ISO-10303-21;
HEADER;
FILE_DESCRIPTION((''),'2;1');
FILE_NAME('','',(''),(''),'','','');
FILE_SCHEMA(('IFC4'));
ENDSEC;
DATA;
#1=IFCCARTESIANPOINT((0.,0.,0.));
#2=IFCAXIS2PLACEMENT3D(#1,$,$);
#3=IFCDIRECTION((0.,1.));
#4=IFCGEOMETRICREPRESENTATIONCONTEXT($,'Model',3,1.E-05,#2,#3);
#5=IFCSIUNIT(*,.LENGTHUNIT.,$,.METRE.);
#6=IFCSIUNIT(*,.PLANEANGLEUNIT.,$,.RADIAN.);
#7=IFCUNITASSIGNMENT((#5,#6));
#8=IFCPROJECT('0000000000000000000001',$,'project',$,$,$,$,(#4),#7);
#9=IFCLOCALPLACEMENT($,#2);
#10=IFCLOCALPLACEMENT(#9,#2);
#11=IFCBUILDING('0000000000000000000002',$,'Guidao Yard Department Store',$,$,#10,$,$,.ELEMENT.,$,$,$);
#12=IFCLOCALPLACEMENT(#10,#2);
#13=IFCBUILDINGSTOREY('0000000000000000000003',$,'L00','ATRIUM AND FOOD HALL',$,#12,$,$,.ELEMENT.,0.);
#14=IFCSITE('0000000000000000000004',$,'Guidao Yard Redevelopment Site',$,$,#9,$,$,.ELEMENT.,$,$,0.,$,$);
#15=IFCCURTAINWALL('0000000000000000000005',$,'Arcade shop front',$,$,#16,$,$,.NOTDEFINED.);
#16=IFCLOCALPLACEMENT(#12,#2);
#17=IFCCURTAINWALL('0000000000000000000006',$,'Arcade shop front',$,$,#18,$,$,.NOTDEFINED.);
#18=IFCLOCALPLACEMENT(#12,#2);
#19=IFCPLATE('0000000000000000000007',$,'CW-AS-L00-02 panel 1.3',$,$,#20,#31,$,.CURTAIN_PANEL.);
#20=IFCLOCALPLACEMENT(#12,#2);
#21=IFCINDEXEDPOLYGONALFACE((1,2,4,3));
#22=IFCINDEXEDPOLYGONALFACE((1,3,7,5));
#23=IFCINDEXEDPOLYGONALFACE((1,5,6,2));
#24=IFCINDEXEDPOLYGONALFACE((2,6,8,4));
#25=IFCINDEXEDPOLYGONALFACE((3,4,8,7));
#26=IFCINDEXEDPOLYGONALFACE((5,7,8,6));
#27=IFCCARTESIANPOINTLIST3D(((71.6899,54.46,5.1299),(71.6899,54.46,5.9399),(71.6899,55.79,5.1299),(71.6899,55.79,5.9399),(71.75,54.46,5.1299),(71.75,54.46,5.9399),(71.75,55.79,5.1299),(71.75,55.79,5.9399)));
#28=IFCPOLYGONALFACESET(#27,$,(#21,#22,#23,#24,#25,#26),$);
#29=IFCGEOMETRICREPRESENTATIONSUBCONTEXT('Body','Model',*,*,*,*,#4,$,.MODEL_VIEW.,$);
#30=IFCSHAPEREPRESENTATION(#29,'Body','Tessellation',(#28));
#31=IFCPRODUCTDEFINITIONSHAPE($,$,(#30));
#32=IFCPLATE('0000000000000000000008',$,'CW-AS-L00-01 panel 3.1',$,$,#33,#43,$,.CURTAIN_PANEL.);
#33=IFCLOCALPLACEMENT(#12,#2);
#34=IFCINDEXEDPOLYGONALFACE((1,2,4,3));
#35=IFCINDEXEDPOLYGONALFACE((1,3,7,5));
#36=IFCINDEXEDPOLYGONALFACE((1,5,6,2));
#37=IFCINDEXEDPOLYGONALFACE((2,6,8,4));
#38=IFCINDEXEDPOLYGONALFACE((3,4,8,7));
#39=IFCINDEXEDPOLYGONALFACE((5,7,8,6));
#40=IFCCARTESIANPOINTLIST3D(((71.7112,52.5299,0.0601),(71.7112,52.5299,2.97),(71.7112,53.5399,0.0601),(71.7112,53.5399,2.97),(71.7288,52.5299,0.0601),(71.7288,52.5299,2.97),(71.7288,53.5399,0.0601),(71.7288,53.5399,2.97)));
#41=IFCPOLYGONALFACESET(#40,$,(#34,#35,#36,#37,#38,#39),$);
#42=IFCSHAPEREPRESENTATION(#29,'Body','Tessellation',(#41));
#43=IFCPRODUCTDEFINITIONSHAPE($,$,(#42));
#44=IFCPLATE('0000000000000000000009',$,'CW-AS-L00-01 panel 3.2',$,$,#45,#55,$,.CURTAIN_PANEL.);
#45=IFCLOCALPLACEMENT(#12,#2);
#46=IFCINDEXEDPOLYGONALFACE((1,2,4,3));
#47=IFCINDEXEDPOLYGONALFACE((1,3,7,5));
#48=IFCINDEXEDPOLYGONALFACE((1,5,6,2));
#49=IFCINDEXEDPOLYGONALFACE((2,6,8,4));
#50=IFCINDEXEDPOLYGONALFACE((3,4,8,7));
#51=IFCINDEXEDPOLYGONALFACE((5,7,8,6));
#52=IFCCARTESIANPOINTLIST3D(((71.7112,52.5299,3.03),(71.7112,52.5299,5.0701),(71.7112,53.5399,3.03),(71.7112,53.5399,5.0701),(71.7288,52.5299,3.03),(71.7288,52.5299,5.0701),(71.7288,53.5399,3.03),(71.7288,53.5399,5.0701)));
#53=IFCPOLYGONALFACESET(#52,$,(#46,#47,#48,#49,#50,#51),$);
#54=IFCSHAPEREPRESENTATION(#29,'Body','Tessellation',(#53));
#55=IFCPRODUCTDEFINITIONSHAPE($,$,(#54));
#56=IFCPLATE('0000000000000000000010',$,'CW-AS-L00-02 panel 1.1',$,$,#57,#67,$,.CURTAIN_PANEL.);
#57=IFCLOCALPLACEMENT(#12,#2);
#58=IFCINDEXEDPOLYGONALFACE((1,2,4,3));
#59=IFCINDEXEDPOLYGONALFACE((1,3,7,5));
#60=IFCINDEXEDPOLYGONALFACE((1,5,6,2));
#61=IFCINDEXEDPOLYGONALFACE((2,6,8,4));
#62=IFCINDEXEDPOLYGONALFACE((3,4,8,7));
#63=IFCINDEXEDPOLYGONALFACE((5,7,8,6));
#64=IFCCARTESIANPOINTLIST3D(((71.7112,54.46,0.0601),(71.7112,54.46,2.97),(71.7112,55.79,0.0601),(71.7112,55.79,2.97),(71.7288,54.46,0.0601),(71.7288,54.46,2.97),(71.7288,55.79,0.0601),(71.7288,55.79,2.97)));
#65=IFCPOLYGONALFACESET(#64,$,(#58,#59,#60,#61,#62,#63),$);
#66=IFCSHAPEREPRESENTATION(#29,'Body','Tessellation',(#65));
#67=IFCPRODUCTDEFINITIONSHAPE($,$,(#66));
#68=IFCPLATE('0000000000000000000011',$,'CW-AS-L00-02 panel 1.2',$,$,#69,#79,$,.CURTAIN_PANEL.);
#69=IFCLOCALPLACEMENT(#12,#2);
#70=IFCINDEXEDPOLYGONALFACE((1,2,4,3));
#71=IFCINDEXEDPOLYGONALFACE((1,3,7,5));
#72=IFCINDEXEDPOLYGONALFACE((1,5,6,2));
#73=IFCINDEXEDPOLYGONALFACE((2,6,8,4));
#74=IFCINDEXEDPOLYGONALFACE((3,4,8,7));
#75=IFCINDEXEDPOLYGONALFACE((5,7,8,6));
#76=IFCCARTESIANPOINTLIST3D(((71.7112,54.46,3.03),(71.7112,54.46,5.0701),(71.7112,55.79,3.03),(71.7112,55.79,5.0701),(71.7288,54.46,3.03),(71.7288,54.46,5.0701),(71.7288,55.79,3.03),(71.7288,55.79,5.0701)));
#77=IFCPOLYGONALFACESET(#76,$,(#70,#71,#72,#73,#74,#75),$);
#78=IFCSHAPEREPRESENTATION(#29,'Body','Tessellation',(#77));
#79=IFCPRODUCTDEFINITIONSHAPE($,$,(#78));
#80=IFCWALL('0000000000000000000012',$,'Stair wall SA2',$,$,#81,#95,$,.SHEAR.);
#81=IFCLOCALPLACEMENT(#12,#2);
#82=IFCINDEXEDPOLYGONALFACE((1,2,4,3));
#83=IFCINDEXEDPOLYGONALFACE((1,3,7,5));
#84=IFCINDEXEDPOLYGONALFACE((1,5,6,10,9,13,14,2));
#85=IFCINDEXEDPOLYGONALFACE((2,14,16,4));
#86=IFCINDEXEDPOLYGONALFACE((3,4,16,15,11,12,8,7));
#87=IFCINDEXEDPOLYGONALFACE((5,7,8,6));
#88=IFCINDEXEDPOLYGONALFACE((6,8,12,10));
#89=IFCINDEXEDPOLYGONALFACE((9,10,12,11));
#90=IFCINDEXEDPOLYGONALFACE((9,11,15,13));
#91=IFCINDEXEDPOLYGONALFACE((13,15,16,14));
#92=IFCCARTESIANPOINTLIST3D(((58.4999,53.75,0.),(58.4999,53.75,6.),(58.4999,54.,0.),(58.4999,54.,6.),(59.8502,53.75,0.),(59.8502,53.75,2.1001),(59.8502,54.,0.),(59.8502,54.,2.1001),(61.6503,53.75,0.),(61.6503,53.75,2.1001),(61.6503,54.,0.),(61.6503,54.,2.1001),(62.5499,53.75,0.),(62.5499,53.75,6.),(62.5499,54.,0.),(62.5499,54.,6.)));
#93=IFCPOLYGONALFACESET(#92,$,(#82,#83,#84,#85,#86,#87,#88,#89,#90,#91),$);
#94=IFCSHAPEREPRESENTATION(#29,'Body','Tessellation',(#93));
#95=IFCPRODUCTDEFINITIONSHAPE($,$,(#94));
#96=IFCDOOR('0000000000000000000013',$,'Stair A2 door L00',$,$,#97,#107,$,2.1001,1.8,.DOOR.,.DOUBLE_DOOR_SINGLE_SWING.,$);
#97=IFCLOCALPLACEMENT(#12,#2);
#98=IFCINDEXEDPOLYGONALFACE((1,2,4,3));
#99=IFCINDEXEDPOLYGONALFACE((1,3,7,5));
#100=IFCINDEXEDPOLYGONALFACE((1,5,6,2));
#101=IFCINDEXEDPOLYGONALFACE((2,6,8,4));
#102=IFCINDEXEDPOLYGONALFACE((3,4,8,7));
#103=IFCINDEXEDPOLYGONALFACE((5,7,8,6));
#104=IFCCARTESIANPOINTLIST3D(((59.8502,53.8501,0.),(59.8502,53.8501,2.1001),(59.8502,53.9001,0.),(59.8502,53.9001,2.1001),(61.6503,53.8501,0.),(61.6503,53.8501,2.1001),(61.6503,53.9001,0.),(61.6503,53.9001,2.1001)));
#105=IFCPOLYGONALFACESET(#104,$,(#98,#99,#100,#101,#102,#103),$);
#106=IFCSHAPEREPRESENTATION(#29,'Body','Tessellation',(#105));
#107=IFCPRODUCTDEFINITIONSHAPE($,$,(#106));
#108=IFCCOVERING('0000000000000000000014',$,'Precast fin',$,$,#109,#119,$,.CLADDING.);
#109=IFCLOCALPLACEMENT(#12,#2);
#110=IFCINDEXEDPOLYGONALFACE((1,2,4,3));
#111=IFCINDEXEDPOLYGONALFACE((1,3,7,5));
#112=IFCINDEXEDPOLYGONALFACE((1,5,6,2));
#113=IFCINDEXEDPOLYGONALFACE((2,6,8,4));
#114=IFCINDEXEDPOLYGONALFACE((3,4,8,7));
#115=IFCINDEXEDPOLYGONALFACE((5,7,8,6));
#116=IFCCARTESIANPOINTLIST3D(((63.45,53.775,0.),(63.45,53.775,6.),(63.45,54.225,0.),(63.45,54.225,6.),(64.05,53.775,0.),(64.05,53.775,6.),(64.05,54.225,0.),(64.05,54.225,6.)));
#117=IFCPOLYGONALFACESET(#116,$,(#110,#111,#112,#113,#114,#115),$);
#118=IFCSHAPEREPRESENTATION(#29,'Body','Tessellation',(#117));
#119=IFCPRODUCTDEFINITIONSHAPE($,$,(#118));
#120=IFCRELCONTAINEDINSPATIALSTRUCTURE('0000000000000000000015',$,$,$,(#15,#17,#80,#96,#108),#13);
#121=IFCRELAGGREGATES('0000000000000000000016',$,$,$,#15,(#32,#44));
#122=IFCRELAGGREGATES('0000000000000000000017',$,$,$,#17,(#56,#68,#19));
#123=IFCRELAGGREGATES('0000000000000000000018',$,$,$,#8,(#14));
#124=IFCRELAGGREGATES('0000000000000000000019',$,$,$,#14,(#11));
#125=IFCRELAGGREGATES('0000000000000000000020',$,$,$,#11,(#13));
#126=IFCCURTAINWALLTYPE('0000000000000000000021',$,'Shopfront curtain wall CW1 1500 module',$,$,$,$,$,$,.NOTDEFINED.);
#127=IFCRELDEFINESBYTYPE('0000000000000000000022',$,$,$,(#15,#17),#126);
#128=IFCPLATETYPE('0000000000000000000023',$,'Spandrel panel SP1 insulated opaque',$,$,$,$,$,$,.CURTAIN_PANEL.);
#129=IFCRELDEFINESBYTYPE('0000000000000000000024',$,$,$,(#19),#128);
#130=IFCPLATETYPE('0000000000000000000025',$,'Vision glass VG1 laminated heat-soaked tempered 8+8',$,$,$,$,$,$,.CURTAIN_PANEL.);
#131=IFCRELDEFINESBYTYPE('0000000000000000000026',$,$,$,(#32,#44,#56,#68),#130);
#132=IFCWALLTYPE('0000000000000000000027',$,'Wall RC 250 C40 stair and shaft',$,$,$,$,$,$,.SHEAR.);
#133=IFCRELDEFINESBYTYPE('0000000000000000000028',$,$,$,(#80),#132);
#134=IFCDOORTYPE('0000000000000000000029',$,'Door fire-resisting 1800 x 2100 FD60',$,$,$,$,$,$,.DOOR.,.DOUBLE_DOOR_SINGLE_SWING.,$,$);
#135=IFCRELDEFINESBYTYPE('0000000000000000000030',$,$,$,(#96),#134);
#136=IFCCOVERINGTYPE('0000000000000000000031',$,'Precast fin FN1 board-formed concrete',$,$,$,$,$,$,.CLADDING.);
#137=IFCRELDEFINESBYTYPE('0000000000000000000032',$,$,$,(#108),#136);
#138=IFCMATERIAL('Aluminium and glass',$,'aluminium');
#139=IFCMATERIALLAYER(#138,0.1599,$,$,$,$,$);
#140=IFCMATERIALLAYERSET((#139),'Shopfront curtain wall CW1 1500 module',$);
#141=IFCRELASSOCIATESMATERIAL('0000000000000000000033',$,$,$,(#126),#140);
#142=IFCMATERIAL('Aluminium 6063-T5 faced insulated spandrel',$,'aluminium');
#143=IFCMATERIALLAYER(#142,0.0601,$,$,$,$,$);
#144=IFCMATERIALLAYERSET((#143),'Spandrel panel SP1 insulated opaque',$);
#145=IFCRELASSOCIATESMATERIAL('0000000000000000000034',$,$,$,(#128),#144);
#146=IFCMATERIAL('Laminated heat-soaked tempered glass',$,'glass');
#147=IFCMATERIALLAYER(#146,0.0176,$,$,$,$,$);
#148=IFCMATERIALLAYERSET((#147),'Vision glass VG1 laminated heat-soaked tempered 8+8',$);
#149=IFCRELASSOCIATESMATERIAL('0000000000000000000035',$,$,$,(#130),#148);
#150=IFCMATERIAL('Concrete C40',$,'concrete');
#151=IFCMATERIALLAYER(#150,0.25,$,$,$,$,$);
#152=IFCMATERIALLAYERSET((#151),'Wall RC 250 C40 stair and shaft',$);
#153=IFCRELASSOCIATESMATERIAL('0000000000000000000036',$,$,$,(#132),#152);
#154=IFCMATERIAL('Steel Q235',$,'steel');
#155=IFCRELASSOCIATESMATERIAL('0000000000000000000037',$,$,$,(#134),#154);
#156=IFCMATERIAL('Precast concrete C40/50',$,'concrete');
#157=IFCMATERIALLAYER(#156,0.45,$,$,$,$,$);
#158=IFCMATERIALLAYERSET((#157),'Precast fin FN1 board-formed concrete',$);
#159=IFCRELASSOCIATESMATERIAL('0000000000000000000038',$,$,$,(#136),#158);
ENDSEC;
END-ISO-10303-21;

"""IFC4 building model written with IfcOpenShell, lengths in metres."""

from ifc_helpers import new_model, si_unit, direction, frame, frame_2d, origin, origin_2d, place, context, subcontext, project, spatial, rectangle, extrude, material, layer, layer_set, type_object, element, fill, aggregate, save


model = new_model("IFC4")

# Units and contexts
model_context = context("Model", 3, precision=1e-05, world=origin(), true_north=direction((0.0, 1.0)))
body_context = subcontext(model_context, "Body", "Model", "MODEL_VIEW")
ifc_project = project(units=[si_unit("LENGTHUNIT", "METRE"), si_unit("PLANEANGLEUNIT", "RADIAN")], contexts=[model_context])

# Site, building, storey
site_placement = place(None, origin())
site = spatial("IfcSite", under=ifc_project, at=site_placement, Name="Guidao Yard Redevelopment Site", CompositionType="ELEMENT", RefElevation=0.0)
building_placement = place(site_placement, origin())
building = spatial("IfcBuilding", under=site, at=building_placement, Name="Guidao Yard Department Store", CompositionType="ELEMENT")
storey_placement = place(building_placement, origin())
storey = spatial("IfcBuildingStorey", under=building, at=storey_placement, Name="L00", Description="ATRIUM AND FOOD HALL", CompositionType="ELEMENT", Elevation=0.0)

# Curtain wall
ifc_material_1 = material(Name="Aluminium and glass", Category="aluminium")
ifc_layer_1 = layer(ifc_material_1, 0.1599)
ifc_layer_set_1 = layer_set([ifc_layer_1], Name="Shopfront curtain wall CW1 1500 module")
curtain_wall_type = type_object("IfcCurtainWallType", Name="Shopfront curtain wall CW1 1500 module", PredefinedType="NOTDEFINED", material=ifc_layer_set_1)
curtain_wall_1_placement = place(storey_placement, origin())
curtain_wall_1 = element("IfcCurtainWall", 1, at=curtain_wall_1_placement, inside=storey, type_object=curtain_wall_type, Name="Arcade shop front", PredefinedType="NOTDEFINED")

# Curtain wall
curtain_wall_2_placement = place(storey_placement, origin())
curtain_wall_2 = element("IfcCurtainWall", 2, at=curtain_wall_2_placement, inside=storey, type_object=curtain_wall_type, Name="Arcade shop front", PredefinedType="NOTDEFINED")

# Plates
ifc_material_2 = material(Name="Aluminium 6063-T5 faced insulated spandrel", Category="aluminium")
ifc_layer_2 = layer(ifc_material_2, 0.0601)
ifc_layer_set_2 = layer_set([ifc_layer_2], Name="Spandrel panel SP1 insulated opaque")
plate_type_1 = type_object("IfcPlateType", Name="Spandrel panel SP1 insulated opaque", PredefinedType="CURTAIN_PANEL", material=ifc_layer_set_2)
plate_1_placement = place(storey_placement, frame((71.72, 55.125, 5.1299), z_axis=(0.0, 0.0, 1.0), x_axis=(0.0, 1.0, 0.0)))
plate_1 = element("IfcPlate", 3, at=plate_1_placement, type_object=plate_type_1, Name="CW-AS-L00-02 panel 1.3", PredefinedType="CURTAIN_PANEL", context=body_context, shape_type="SweptSolid", body=[
    extrude(rectangle(XDim=1.3301, YDim=0.0601, at=origin_2d()), origin(), (0.0, 0.0, 1.0), 0.8101),
])
ifc_material_3 = material(Name="Laminated heat-soaked tempered glass", Category="glass")
ifc_layer_3 = layer(ifc_material_3, 0.0176)
ifc_layer_set_3 = layer_set([ifc_layer_3], Name="Vision glass VG1 laminated heat-soaked tempered 8+8")
plate_type_2 = type_object("IfcPlateType", Name="Vision glass VG1 laminated heat-soaked tempered 8+8", PredefinedType="CURTAIN_PANEL", material=ifc_layer_set_3)
plate_2_placement = place(storey_placement, frame((71.72, 53.0349, 0.0601), z_axis=(0.0, 0.0, 1.0), x_axis=(0.0, 1.0, 0.0)))
plate_2 = element("IfcPlate", 4, at=plate_2_placement, type_object=plate_type_2, Name="CW-AS-L00-01 panel 3.1", PredefinedType="CURTAIN_PANEL", context=body_context, shape_type="SweptSolid", body=[
    extrude(rectangle(XDim=1.01, YDim=0.0176, at=origin_2d()), origin(), (0.0, 0.0, 1.0), 2.9099),
])
plate_3_placement = place(storey_placement, frame((71.72, 53.0349, 3.03), z_axis=(0.0, 0.0, 1.0), x_axis=(0.0, 1.0, 0.0)))
plate_3 = element("IfcPlate", 5, at=plate_3_placement, type_object=plate_type_2, Name="CW-AS-L00-01 panel 3.2", PredefinedType="CURTAIN_PANEL", context=body_context, shape_type="SweptSolid", body=[
    extrude(rectangle(XDim=1.01, YDim=0.0176, at=origin_2d()), origin(), (0.0, 0.0, 1.0), 2.04),
])
aggregate(curtain_wall_1, [plate_2, plate_3])
plate_4_placement = place(storey_placement, frame((71.72, 55.125, 0.0601), z_axis=(0.0, 0.0, 1.0), x_axis=(0.0, 1.0, 0.0)))
plate_4 = element("IfcPlate", 6, at=plate_4_placement, type_object=plate_type_2, Name="CW-AS-L00-02 panel 1.1", PredefinedType="CURTAIN_PANEL", context=body_context, shape_type="SweptSolid", body=[
    extrude(rectangle(XDim=1.3301, YDim=0.0176, at=origin_2d()), origin(), (0.0, 0.0, 1.0), 2.9099),
])
plate_5_placement = place(storey_placement, frame((71.72, 55.125, 3.03), z_axis=(0.0, 0.0, 1.0), x_axis=(0.0, 1.0, 0.0)))
plate_5 = element("IfcPlate", 7, at=plate_5_placement, type_object=plate_type_2, Name="CW-AS-L00-02 panel 1.2", PredefinedType="CURTAIN_PANEL", context=body_context, shape_type="SweptSolid", body=[
    extrude(rectangle(XDim=1.3301, YDim=0.0176, at=origin_2d()), origin(), (0.0, 0.0, 1.0), 2.04),
])
aggregate(curtain_wall_2, [plate_4, plate_5, plate_1])

# Wall, opening, door
ifc_material_4 = material(Name="Concrete C40", Category="concrete")
ifc_layer_4 = layer(ifc_material_4, 0.25)
ifc_layer_set_4 = layer_set([ifc_layer_4], Name="Wall RC 250 C40 stair and shaft")
wall_type = type_object("IfcWallType", Name="Wall RC 250 C40 stair and shaft", PredefinedType="SHEAR", material=ifc_layer_set_4)
wall_placement = place(storey_placement, frame((58.5, 53.875, 0.0), z_axis=(0.0, 0.0, 1.0), x_axis=(1.0, 0.0, 0.0)))
wall = element("IfcWall", 8, at=wall_placement, inside=storey, type_object=wall_type, Name="Stair wall SA2", PredefinedType="SHEAR", context=body_context, shape_type="SweptSolid", body=[
    extrude(rectangle(XDim=4.05, YDim=0.25, at=frame_2d((2.0249, 0.0))), origin(), (0.0, 0.0, 1.0), 6.0),
])
opening_placement = place(wall_placement, frame((3.1501, 0.0, 0.0), z_axis=(0.0, 0.0, 1.0), x_axis=(-1.0, 0.0, 0.0)))
opening = element("IfcOpeningElement", 9, at=opening_placement, cuts=wall, PredefinedType="OPENING", context=body_context, shape_type="SweptSolid", body=[
    extrude(rectangle(XDim=1.8, YDim=2.1001, at=frame_2d((0.8999, 1.05))), frame((0.0, 0.135, 0.0), z_axis=(0.0, -1.0, 0.0), x_axis=(1.0, 0.0, 0.0)), (0.0, 0.0, 1.0), 0.27),
])
ifc_material_5 = material(Name="Steel Q235", Category="steel")
door_type = type_object("IfcDoorType", Name="Door fire-resisting 1800 x 2100 FD60", OperationType="DOUBLE_DOOR_SINGLE_SWING", PredefinedType="DOOR", material=ifc_material_5)
door_placement = place(opening_placement, origin())
door = element("IfcDoor", 10, at=door_placement, inside=storey, type_object=door_type, Name="Stair A2 door L00", OperationType="DOUBLE_DOOR_SINGLE_SWING", OverallHeight=2.1001, OverallWidth=1.8, PredefinedType="DOOR", context=body_context, shape_type="SweptSolid", body=[
    extrude(rectangle(XDim=1.8, YDim=2.1001, at=frame_2d((0.8999, 1.05))), frame((0.0, 0.0249, 0.0), z_axis=(0.0, -1.0, 0.0), x_axis=(1.0, 0.0, 0.0)), (0.0, 0.0, 1.0), 0.05),
])
fill(opening, door)

# Covering
ifc_material_6 = material(Name="Precast concrete C40/50", Category="concrete")
ifc_layer_5 = layer(ifc_material_6, 0.45)
ifc_layer_set_5 = layer_set([ifc_layer_5], Name="Precast fin FN1 board-formed concrete")
covering_type = type_object("IfcCoveringType", Name="Precast fin FN1 board-formed concrete", PredefinedType="CLADDING", material=ifc_layer_set_5)
covering_placement = place(storey_placement, frame((63.75, 54.0, 0.0), z_axis=(0.0, 0.0, 1.0), x_axis=(0.0, -1.0, 0.0)))
element("IfcCovering", 11, at=covering_placement, inside=storey, type_object=covering_type, Name="Precast fin", PredefinedType="CLADDING", context=body_context, shape_type="SweptSolid", body=[
    extrude(rectangle(XDim=0.45, YDim=0.6001, at=origin_2d()), origin(), (0.0, 0.0, 1.0), 6.0),
])

save(model, "model.ifc")
